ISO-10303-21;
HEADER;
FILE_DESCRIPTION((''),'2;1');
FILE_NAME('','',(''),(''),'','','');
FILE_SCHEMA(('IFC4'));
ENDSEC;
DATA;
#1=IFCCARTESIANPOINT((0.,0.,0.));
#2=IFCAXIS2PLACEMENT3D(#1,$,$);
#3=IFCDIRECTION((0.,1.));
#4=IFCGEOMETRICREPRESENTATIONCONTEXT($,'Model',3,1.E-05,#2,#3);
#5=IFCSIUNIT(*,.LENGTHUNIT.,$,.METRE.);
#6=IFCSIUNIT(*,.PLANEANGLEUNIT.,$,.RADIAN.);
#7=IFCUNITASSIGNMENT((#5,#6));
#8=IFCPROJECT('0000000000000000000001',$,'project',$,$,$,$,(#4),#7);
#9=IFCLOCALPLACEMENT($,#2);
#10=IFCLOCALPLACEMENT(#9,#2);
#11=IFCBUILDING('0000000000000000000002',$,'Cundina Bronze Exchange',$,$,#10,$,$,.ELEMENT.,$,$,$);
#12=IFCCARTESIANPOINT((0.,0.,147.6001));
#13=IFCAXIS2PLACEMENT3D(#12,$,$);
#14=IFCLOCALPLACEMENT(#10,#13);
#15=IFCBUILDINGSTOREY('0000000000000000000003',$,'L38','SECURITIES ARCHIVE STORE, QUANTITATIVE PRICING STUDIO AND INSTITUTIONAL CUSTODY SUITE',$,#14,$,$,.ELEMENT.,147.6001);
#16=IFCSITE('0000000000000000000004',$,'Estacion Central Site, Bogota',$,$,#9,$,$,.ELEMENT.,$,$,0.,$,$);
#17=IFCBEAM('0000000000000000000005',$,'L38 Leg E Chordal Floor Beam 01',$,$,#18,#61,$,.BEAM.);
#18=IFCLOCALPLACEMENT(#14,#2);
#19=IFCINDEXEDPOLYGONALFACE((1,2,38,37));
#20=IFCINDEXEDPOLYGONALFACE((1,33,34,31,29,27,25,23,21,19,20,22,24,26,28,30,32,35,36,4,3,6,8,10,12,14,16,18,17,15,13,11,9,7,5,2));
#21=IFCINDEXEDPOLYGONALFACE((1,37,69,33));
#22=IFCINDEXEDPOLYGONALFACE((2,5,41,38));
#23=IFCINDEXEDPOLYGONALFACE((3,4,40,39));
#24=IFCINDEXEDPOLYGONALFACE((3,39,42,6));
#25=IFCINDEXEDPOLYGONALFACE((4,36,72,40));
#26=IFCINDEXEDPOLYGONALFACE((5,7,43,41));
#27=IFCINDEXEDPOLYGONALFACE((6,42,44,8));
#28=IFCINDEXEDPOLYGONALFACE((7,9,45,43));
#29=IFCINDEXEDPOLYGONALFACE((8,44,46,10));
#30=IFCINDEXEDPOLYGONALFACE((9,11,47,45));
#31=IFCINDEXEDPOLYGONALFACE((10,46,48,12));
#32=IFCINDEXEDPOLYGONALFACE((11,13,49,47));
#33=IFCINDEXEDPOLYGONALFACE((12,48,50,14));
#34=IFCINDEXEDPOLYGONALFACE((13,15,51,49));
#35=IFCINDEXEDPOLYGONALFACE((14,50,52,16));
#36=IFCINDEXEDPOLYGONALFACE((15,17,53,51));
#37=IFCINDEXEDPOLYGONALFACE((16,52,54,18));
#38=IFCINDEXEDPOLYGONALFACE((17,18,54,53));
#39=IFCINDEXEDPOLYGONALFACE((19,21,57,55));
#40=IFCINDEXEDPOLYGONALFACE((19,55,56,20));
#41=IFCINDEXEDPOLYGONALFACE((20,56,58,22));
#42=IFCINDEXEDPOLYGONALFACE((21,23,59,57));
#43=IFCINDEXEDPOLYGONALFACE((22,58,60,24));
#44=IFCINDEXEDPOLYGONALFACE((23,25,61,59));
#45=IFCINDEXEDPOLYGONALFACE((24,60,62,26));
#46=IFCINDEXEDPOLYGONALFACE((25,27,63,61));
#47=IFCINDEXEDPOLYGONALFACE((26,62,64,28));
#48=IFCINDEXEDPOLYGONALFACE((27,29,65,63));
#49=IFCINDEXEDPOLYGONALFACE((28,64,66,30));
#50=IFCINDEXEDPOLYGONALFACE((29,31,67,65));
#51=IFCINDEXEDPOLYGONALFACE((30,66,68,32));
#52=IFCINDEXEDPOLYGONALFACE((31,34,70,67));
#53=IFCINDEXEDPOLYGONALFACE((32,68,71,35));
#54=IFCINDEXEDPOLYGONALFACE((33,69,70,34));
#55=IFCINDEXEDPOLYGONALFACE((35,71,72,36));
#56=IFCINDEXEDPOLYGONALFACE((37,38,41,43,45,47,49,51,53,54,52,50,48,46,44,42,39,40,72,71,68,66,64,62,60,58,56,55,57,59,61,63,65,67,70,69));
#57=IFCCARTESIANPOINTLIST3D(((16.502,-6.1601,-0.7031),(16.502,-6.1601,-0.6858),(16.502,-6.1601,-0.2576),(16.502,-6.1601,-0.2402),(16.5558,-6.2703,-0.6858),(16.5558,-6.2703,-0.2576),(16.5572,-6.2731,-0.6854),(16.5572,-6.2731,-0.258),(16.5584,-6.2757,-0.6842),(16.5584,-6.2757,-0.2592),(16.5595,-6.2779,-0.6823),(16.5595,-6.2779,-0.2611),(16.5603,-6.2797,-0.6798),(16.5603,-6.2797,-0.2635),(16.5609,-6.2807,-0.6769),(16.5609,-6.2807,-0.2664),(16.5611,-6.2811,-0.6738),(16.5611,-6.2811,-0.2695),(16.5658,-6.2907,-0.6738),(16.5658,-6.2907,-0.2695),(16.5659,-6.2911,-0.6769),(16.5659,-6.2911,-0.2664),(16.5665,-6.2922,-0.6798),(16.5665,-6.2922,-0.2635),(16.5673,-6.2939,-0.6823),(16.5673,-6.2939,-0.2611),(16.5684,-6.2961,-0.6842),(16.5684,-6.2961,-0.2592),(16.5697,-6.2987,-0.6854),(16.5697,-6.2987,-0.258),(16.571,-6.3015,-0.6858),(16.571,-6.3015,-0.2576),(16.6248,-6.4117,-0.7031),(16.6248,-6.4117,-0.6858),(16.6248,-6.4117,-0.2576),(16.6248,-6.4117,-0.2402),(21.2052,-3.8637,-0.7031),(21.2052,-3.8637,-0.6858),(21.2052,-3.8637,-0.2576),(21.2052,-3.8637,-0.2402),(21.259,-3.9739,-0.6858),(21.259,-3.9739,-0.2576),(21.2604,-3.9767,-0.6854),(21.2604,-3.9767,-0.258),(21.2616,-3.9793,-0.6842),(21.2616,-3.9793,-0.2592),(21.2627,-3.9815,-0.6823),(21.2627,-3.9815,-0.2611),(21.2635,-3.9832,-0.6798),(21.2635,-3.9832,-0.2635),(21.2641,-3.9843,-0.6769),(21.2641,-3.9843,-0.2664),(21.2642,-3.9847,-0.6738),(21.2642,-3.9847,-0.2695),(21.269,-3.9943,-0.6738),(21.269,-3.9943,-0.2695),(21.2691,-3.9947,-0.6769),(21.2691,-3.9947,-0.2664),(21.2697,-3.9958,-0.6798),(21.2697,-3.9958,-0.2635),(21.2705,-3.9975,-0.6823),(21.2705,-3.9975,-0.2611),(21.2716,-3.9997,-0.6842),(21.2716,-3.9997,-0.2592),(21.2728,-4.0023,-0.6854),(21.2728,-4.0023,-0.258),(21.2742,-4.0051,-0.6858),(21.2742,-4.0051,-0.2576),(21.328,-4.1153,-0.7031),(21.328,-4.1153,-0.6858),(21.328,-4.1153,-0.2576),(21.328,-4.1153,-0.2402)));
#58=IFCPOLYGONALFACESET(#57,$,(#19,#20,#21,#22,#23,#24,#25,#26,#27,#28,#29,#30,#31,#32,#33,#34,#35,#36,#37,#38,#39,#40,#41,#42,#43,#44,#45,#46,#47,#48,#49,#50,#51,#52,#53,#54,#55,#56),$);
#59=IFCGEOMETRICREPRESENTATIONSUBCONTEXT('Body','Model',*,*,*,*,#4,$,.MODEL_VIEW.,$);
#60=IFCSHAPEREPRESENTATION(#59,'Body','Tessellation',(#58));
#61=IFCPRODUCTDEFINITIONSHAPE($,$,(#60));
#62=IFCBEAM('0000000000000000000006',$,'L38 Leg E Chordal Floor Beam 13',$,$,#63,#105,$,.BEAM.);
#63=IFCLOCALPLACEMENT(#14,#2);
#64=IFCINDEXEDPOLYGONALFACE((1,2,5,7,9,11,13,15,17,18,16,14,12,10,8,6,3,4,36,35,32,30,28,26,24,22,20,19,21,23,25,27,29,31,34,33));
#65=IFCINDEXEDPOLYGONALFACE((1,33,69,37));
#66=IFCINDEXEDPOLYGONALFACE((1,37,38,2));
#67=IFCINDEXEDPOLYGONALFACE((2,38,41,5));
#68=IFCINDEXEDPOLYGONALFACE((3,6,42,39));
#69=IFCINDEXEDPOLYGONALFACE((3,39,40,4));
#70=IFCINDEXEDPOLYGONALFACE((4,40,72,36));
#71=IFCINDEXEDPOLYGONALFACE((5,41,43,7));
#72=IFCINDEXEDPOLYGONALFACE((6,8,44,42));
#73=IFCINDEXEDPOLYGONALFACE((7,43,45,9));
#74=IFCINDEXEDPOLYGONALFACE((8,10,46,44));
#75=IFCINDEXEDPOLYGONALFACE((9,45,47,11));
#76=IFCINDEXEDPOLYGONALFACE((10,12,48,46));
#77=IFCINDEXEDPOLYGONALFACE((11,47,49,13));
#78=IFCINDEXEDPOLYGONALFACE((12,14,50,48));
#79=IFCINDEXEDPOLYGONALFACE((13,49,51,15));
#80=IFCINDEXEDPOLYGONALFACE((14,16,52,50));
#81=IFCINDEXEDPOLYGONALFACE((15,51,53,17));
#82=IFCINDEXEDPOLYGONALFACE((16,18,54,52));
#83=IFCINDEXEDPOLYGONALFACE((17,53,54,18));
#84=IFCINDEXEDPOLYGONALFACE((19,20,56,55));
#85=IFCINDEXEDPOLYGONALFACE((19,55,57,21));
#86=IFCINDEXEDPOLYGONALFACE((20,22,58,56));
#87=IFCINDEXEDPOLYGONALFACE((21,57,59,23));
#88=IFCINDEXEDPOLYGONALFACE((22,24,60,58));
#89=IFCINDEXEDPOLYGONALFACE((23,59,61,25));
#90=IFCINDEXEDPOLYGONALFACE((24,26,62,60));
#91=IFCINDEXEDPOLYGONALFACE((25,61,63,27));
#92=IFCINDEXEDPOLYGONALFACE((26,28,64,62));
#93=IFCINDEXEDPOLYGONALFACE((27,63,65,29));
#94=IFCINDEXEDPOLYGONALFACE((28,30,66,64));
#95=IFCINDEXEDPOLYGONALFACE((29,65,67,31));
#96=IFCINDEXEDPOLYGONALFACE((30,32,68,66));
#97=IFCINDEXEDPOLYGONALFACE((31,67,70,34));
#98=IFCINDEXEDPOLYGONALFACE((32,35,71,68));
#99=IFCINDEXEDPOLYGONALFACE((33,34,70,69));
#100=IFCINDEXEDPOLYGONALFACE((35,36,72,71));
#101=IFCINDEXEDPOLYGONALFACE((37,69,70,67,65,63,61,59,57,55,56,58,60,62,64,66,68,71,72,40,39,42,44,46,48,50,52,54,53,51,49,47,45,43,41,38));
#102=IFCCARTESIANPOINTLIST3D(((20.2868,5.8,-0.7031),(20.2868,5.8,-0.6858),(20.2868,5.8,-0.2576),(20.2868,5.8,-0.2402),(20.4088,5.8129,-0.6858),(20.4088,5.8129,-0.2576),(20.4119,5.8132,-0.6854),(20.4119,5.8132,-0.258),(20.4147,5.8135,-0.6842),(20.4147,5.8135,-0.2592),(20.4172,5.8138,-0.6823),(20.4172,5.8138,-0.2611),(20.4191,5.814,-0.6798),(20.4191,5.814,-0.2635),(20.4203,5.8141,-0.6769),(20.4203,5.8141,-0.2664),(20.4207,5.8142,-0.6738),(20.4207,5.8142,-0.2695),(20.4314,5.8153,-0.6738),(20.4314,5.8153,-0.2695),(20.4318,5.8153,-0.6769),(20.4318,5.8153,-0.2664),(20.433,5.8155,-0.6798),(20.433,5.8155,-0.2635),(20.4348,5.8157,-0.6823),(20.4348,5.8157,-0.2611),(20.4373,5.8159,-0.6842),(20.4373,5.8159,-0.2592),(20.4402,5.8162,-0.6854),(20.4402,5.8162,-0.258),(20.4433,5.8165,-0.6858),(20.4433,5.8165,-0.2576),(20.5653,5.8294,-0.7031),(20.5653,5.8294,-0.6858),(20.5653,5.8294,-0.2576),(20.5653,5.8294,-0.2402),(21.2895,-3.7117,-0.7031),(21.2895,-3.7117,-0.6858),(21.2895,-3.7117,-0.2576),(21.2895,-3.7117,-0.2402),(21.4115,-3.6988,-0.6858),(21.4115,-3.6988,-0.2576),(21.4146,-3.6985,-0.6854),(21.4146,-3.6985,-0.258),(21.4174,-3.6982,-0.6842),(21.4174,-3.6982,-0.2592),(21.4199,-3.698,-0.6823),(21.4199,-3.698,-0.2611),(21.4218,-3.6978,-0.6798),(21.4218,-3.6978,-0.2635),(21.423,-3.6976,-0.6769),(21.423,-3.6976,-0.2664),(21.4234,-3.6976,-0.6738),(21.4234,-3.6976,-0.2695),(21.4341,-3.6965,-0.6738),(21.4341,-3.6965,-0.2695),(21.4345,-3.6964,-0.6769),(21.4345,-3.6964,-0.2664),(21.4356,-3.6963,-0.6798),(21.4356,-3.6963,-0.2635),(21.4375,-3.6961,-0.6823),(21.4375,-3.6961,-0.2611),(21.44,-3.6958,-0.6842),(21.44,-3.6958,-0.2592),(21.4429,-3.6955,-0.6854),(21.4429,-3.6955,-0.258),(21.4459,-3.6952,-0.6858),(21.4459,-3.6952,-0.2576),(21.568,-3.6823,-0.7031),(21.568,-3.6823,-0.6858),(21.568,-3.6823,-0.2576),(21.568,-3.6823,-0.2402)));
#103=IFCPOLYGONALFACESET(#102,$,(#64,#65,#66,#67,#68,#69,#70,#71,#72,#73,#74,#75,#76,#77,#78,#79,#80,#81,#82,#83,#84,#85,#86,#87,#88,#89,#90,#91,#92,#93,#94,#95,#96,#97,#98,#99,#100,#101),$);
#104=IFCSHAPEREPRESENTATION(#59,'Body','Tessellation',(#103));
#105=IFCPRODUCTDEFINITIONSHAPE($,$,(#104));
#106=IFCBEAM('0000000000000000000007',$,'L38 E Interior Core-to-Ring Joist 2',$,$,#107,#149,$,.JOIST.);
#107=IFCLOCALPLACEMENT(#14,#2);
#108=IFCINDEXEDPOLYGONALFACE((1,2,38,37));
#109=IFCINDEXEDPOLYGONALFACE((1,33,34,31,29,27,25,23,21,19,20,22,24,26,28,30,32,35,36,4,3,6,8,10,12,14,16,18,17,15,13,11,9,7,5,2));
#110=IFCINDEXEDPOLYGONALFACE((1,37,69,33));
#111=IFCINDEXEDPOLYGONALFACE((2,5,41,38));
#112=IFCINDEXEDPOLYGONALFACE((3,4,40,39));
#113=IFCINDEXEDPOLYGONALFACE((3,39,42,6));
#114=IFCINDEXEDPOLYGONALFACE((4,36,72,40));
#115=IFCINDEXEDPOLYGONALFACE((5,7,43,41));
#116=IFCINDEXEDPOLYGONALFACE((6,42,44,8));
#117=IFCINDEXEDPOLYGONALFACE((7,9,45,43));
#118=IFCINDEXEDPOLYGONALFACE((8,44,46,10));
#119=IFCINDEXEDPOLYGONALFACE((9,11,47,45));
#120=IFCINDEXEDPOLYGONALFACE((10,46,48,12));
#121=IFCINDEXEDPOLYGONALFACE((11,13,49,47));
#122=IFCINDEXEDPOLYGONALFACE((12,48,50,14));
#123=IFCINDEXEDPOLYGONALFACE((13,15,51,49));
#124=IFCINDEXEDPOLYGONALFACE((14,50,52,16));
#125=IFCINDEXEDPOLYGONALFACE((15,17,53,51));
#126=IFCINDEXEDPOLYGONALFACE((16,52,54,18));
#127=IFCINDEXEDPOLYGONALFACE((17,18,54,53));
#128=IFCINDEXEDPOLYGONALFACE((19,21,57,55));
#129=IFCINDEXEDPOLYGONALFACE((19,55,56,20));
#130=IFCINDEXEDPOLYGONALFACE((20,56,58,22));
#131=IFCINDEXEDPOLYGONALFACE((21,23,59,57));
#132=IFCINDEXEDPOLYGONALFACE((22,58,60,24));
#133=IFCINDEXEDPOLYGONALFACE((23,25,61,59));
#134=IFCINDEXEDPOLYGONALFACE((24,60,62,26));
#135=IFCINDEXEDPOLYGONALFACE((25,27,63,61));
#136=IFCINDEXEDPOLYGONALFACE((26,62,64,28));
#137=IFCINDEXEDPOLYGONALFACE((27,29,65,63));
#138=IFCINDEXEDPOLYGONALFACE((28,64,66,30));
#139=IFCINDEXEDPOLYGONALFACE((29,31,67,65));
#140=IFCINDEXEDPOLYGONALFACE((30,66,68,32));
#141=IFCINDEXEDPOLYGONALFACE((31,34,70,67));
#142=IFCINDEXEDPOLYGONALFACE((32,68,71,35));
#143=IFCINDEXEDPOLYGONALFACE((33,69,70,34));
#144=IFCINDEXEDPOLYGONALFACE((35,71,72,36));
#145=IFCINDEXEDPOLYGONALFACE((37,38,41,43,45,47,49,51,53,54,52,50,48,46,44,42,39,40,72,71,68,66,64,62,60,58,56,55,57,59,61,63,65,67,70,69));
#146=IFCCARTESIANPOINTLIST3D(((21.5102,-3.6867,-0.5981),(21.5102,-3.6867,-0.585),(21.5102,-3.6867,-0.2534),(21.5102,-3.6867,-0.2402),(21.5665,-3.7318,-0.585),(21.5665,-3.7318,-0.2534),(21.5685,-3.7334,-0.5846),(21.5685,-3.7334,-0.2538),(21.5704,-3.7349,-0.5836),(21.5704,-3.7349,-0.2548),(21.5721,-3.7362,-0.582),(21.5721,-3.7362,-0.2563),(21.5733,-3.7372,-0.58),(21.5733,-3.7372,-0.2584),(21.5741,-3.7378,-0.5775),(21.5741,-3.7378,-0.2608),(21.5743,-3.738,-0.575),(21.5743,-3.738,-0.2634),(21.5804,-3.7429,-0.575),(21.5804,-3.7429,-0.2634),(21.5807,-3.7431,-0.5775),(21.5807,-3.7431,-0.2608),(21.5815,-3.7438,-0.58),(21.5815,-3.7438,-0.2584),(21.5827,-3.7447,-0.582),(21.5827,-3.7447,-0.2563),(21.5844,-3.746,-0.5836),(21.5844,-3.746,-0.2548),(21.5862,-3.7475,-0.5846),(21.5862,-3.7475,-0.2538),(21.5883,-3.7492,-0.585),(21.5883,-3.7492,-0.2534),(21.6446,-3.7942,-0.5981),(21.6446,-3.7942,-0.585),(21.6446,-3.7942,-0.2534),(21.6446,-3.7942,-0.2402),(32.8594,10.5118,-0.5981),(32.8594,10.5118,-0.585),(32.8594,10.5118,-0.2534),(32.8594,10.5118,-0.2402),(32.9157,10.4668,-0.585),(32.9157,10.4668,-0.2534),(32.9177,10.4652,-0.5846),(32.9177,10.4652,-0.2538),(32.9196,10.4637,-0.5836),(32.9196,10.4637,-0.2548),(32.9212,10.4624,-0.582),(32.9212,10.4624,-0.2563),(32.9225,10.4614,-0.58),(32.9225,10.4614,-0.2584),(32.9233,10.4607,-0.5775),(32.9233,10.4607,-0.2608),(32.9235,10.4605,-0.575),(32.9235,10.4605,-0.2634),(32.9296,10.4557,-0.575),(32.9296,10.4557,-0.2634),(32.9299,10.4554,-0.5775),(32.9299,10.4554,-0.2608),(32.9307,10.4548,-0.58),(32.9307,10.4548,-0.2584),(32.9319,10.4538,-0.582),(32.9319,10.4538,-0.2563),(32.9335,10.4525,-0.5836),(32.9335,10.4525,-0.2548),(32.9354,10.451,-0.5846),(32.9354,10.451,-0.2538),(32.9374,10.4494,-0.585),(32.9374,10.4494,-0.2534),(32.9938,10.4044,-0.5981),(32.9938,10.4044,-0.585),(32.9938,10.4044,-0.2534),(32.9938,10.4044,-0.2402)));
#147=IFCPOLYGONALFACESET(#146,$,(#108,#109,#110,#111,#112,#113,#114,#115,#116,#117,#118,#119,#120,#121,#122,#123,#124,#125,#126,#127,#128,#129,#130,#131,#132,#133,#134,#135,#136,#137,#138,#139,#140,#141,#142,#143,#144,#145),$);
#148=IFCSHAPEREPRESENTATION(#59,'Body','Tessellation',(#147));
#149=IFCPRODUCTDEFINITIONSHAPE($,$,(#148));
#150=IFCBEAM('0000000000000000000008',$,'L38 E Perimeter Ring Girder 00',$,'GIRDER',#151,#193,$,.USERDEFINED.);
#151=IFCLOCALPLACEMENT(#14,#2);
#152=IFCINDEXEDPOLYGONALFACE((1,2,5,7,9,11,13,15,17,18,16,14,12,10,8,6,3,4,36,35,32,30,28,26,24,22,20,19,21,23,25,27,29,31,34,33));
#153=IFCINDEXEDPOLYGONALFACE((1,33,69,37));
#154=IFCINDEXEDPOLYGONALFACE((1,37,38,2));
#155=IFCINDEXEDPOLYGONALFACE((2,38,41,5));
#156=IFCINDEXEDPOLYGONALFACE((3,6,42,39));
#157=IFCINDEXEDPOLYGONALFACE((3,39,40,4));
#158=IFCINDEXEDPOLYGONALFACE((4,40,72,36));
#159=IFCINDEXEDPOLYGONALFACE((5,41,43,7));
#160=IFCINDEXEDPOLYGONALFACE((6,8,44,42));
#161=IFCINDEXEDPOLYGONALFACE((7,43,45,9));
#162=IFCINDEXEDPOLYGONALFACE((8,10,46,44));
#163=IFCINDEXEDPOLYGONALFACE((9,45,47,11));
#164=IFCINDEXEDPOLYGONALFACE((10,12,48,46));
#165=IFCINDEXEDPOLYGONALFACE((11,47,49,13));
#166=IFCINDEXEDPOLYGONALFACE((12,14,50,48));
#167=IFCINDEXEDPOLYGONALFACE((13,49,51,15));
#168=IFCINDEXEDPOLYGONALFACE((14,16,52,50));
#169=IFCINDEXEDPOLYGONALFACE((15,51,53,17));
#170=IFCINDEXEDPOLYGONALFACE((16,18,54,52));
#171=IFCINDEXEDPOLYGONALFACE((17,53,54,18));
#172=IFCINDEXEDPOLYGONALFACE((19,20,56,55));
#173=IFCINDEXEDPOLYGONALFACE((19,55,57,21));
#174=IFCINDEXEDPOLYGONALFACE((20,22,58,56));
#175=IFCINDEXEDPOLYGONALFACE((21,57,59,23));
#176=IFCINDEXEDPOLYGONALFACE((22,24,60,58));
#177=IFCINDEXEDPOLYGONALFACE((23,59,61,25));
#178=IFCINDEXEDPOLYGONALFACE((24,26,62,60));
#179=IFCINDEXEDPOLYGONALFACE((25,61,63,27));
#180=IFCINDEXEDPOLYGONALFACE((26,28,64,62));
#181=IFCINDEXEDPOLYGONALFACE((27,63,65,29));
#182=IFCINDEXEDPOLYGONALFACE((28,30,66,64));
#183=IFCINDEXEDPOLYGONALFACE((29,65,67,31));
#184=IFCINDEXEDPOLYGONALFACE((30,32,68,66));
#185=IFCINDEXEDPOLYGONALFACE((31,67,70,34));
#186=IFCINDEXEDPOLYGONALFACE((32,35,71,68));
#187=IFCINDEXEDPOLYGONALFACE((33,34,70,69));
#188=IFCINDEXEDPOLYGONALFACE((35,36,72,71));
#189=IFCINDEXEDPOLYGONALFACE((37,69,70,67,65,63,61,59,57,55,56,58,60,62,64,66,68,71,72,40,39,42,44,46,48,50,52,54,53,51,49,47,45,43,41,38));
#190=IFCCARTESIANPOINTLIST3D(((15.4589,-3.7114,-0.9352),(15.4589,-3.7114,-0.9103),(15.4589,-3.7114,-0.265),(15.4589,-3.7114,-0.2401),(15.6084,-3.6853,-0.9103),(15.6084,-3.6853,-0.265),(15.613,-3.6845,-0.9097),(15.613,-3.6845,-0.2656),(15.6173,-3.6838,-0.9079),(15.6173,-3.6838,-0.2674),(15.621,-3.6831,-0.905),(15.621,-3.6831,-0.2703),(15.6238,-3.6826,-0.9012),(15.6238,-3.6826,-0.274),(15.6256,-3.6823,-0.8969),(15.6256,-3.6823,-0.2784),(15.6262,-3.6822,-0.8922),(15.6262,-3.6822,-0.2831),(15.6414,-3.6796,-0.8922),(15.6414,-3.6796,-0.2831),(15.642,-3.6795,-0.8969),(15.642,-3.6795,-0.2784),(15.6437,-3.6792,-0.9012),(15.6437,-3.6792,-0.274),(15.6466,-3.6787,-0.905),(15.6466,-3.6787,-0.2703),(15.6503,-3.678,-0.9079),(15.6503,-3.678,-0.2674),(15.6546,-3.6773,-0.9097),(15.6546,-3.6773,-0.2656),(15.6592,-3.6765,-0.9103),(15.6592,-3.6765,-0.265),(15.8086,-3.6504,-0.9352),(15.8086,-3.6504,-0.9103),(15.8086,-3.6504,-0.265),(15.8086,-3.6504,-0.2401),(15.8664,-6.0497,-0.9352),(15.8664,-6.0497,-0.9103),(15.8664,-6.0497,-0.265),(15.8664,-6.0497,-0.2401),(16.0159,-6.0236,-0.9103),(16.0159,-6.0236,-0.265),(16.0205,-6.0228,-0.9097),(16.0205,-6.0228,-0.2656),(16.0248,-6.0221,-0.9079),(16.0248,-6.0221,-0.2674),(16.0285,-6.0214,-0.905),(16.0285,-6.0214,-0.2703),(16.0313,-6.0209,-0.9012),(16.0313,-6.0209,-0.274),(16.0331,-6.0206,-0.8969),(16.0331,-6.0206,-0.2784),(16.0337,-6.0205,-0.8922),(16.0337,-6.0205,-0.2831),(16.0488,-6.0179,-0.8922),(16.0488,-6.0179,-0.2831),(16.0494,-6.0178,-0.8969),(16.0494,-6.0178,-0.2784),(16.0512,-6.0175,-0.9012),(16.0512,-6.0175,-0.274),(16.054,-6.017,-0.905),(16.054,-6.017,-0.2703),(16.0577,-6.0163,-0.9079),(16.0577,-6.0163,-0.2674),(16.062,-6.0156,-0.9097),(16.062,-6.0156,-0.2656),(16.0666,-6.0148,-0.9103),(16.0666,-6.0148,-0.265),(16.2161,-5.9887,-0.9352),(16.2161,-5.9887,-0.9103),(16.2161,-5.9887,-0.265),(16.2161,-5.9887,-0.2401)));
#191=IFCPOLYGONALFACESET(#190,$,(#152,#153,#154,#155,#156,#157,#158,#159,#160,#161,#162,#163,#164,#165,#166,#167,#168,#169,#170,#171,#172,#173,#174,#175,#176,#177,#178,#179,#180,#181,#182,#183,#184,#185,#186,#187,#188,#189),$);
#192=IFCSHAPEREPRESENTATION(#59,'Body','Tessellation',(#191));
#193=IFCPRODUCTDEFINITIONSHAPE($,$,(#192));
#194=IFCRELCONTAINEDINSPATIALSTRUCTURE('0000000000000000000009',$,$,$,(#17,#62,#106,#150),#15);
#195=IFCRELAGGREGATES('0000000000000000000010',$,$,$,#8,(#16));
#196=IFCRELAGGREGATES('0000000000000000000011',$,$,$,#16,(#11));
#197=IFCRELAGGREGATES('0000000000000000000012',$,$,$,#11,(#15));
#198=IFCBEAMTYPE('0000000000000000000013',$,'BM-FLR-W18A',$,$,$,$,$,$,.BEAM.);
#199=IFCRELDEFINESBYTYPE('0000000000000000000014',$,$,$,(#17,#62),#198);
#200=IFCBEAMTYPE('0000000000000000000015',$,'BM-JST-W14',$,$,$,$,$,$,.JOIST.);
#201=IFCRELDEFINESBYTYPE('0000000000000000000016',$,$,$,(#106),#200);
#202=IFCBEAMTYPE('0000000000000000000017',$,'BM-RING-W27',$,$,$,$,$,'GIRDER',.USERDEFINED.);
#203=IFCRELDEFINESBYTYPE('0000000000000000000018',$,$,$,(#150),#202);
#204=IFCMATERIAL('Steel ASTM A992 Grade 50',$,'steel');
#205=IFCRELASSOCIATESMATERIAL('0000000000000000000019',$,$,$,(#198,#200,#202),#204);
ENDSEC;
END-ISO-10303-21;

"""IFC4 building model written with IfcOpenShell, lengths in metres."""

from ifc_helpers import new_model, si_unit, direction, frame, origin, origin_2d, place, context, subcontext, project, spatial, i_section, extrude, material, material_profile, profile_set, type_object, element, save


model = new_model("IFC4")

# Units and contexts
model_context = context("Model", 3, precision=1e-05, world=origin(), true_north=direction((0.0, 1.0)))
body_context = subcontext(model_context, "Body", "Model", "MODEL_VIEW")
ifc_project = project(units=[si_unit("LENGTHUNIT", "METRE"), si_unit("PLANEANGLEUNIT", "RADIAN")], contexts=[model_context])

# Site, building, storey
site_placement = place(None, origin())
site = spatial("IfcSite", under=ifc_project, at=site_placement, Name="Estacion Central Site, Bogota", CompositionType="ELEMENT", RefElevation=0.0)
building_placement = place(site_placement, origin())
building = spatial("IfcBuilding", under=site, at=building_placement, Name="Cundina Bronze Exchange", CompositionType="ELEMENT")
storey_placement = place(building_placement, frame((0.0, 0.0, 147.6001)))
storey = spatial("IfcBuildingStorey", under=building, at=storey_placement, Name="L38", Description="SECURITIES ARCHIVE STORE, QUANTITATIVE PRICING STUDIO AND INSTITUTIONAL CUSTODY SUITE", CompositionType="ELEMENT", Elevation=147.6001)

# Shared definitions
ifc_material_1 = material(Name="Steel ASTM A992 Grade 50", Category="steel")

# Beams
ifc_material_profile_1 = material_profile(ifc_material_1, i_section(OverallWidth=0.28, OverallDepth=0.4629, WebThickness=0.0107, FlangeThickness=0.0173, FilletRadius=0.012, at=origin_2d()), Name="W18X76", Category="steel")
ifc_profile_set_1 = profile_set([ifc_material_profile_1], Name="Steel ASTM A992 Grade 50")
beam_type_1 = type_object("IfcBeamType", Name="BM-FLR-W18A", PredefinedType="BEAM", material=ifc_profile_set_1)
beam_1_placement = place(storey_placement, frame((21.2666, -3.9895, -0.4717), z_axis=(-0.898604, -0.43876, 0.0), x_axis=(0.43876, -0.898604, 0.0)))
element("IfcBeam", 1, at=beam_1_placement, inside=storey, type_object=beam_type_1, Name="L38 Leg E Chordal Floor Beam 01", PredefinedType="BEAM", context=body_context, shape_type="SweptSolid", body=[
    extrude(i_section(OverallWidth=0.28, OverallDepth=0.4629, WebThickness=0.0107, FlangeThickness=0.0173, FilletRadius=0.012, at=origin_2d()), origin(), (0.0, 0.0, 1.0), 5.2339),
])
beam_2_placement = place(storey_placement, frame((21.4287, -3.697, -0.4717), z_axis=(-0.104835, 0.99449, 0.0), x_axis=(-0.99449, -0.104835, 0.0)))
element("IfcBeam", 2, at=beam_2_placement, inside=storey, type_object=beam_type_1, Name="L38 Leg E Chordal Floor Beam 13", PredefinedType="BEAM", context=body_context, shape_type="SweptSolid", body=[
    extrude(i_section(OverallWidth=0.28, OverallDepth=0.4629, WebThickness=0.0107, FlangeThickness=0.0173, FilletRadius=0.012, at=origin_2d()), origin(), (0.0, 0.0, 1.0), 9.5645),
])
ifc_material_profile_2 = material_profile(ifc_material_1, i_section(OverallWidth=0.1721, OverallDepth=0.3579, WebThickness=0.0078, FlangeThickness=0.0132, FilletRadius=0.01, at=origin_2d()), Name="W14X38", Category="steel")
ifc_profile_set_2 = profile_set([ifc_material_profile_2], Name="Steel ASTM A992 Grade 50")
beam_type_2 = type_object("IfcBeamType", Name="BM-JST-W14", PredefinedType="JOIST", material=ifc_profile_set_2)
beam_3_placement = place(storey_placement, frame((21.5774, -3.7405, -0.4192), z_axis=(0.624371, 0.781128, 0.0), x_axis=(-0.781128, 0.624371, 0.0)))
element("IfcBeam", 3, at=beam_3_placement, inside=storey, type_object=beam_type_2, Name="L38 E Interior Core-to-Ring Joist 2", PredefinedType="JOIST", context=body_context, shape_type="SweptSolid", body=[
    extrude(i_section(OverallWidth=0.1721, OverallDepth=0.3579, WebThickness=0.0078, FlangeThickness=0.0132, FilletRadius=0.01, at=origin_2d()), origin(), (0.0, 0.0, 1.0), 18.177),
])
ifc_material_profile_3 = material_profile(ifc_material_1, i_section(OverallWidth=0.355, OverallDepth=0.6951, WebThickness=0.0154, FlangeThickness=0.0249, FilletRadius=0.0181, at=origin_2d()), Name="W27X146", Category="steel")
ifc_profile_set_3 = profile_set([ifc_material_profile_3], Name="Steel ASTM A992 Grade 50")
beam_type_3 = type_object("IfcBeamType", Name="BM-RING-W27", ElementType="GIRDER", PredefinedType="USERDEFINED", material=ifc_profile_set_3)
beam_4_placement = place(storey_placement, frame((15.6338, -3.6809, -0.5876), z_axis=(0.171667, -0.985155, 0.0), x_axis=(0.985155, 0.171667, 0.0)))
element("IfcBeam", 4, at=beam_4_placement, inside=storey, type_object=beam_type_3, Name="L38 E Perimeter Ring Girder 00", ObjectType="GIRDER", PredefinedType="USERDEFINED", context=body_context, shape_type="SweptSolid", body=[
    extrude(i_section(OverallWidth=0.355, OverallDepth=0.6951, WebThickness=0.0154, FlangeThickness=0.0249, FilletRadius=0.0181, at=origin_2d()), origin(), (0.0, 0.0, 1.0), 2.3735),
])

save(model, "model.ifc")
